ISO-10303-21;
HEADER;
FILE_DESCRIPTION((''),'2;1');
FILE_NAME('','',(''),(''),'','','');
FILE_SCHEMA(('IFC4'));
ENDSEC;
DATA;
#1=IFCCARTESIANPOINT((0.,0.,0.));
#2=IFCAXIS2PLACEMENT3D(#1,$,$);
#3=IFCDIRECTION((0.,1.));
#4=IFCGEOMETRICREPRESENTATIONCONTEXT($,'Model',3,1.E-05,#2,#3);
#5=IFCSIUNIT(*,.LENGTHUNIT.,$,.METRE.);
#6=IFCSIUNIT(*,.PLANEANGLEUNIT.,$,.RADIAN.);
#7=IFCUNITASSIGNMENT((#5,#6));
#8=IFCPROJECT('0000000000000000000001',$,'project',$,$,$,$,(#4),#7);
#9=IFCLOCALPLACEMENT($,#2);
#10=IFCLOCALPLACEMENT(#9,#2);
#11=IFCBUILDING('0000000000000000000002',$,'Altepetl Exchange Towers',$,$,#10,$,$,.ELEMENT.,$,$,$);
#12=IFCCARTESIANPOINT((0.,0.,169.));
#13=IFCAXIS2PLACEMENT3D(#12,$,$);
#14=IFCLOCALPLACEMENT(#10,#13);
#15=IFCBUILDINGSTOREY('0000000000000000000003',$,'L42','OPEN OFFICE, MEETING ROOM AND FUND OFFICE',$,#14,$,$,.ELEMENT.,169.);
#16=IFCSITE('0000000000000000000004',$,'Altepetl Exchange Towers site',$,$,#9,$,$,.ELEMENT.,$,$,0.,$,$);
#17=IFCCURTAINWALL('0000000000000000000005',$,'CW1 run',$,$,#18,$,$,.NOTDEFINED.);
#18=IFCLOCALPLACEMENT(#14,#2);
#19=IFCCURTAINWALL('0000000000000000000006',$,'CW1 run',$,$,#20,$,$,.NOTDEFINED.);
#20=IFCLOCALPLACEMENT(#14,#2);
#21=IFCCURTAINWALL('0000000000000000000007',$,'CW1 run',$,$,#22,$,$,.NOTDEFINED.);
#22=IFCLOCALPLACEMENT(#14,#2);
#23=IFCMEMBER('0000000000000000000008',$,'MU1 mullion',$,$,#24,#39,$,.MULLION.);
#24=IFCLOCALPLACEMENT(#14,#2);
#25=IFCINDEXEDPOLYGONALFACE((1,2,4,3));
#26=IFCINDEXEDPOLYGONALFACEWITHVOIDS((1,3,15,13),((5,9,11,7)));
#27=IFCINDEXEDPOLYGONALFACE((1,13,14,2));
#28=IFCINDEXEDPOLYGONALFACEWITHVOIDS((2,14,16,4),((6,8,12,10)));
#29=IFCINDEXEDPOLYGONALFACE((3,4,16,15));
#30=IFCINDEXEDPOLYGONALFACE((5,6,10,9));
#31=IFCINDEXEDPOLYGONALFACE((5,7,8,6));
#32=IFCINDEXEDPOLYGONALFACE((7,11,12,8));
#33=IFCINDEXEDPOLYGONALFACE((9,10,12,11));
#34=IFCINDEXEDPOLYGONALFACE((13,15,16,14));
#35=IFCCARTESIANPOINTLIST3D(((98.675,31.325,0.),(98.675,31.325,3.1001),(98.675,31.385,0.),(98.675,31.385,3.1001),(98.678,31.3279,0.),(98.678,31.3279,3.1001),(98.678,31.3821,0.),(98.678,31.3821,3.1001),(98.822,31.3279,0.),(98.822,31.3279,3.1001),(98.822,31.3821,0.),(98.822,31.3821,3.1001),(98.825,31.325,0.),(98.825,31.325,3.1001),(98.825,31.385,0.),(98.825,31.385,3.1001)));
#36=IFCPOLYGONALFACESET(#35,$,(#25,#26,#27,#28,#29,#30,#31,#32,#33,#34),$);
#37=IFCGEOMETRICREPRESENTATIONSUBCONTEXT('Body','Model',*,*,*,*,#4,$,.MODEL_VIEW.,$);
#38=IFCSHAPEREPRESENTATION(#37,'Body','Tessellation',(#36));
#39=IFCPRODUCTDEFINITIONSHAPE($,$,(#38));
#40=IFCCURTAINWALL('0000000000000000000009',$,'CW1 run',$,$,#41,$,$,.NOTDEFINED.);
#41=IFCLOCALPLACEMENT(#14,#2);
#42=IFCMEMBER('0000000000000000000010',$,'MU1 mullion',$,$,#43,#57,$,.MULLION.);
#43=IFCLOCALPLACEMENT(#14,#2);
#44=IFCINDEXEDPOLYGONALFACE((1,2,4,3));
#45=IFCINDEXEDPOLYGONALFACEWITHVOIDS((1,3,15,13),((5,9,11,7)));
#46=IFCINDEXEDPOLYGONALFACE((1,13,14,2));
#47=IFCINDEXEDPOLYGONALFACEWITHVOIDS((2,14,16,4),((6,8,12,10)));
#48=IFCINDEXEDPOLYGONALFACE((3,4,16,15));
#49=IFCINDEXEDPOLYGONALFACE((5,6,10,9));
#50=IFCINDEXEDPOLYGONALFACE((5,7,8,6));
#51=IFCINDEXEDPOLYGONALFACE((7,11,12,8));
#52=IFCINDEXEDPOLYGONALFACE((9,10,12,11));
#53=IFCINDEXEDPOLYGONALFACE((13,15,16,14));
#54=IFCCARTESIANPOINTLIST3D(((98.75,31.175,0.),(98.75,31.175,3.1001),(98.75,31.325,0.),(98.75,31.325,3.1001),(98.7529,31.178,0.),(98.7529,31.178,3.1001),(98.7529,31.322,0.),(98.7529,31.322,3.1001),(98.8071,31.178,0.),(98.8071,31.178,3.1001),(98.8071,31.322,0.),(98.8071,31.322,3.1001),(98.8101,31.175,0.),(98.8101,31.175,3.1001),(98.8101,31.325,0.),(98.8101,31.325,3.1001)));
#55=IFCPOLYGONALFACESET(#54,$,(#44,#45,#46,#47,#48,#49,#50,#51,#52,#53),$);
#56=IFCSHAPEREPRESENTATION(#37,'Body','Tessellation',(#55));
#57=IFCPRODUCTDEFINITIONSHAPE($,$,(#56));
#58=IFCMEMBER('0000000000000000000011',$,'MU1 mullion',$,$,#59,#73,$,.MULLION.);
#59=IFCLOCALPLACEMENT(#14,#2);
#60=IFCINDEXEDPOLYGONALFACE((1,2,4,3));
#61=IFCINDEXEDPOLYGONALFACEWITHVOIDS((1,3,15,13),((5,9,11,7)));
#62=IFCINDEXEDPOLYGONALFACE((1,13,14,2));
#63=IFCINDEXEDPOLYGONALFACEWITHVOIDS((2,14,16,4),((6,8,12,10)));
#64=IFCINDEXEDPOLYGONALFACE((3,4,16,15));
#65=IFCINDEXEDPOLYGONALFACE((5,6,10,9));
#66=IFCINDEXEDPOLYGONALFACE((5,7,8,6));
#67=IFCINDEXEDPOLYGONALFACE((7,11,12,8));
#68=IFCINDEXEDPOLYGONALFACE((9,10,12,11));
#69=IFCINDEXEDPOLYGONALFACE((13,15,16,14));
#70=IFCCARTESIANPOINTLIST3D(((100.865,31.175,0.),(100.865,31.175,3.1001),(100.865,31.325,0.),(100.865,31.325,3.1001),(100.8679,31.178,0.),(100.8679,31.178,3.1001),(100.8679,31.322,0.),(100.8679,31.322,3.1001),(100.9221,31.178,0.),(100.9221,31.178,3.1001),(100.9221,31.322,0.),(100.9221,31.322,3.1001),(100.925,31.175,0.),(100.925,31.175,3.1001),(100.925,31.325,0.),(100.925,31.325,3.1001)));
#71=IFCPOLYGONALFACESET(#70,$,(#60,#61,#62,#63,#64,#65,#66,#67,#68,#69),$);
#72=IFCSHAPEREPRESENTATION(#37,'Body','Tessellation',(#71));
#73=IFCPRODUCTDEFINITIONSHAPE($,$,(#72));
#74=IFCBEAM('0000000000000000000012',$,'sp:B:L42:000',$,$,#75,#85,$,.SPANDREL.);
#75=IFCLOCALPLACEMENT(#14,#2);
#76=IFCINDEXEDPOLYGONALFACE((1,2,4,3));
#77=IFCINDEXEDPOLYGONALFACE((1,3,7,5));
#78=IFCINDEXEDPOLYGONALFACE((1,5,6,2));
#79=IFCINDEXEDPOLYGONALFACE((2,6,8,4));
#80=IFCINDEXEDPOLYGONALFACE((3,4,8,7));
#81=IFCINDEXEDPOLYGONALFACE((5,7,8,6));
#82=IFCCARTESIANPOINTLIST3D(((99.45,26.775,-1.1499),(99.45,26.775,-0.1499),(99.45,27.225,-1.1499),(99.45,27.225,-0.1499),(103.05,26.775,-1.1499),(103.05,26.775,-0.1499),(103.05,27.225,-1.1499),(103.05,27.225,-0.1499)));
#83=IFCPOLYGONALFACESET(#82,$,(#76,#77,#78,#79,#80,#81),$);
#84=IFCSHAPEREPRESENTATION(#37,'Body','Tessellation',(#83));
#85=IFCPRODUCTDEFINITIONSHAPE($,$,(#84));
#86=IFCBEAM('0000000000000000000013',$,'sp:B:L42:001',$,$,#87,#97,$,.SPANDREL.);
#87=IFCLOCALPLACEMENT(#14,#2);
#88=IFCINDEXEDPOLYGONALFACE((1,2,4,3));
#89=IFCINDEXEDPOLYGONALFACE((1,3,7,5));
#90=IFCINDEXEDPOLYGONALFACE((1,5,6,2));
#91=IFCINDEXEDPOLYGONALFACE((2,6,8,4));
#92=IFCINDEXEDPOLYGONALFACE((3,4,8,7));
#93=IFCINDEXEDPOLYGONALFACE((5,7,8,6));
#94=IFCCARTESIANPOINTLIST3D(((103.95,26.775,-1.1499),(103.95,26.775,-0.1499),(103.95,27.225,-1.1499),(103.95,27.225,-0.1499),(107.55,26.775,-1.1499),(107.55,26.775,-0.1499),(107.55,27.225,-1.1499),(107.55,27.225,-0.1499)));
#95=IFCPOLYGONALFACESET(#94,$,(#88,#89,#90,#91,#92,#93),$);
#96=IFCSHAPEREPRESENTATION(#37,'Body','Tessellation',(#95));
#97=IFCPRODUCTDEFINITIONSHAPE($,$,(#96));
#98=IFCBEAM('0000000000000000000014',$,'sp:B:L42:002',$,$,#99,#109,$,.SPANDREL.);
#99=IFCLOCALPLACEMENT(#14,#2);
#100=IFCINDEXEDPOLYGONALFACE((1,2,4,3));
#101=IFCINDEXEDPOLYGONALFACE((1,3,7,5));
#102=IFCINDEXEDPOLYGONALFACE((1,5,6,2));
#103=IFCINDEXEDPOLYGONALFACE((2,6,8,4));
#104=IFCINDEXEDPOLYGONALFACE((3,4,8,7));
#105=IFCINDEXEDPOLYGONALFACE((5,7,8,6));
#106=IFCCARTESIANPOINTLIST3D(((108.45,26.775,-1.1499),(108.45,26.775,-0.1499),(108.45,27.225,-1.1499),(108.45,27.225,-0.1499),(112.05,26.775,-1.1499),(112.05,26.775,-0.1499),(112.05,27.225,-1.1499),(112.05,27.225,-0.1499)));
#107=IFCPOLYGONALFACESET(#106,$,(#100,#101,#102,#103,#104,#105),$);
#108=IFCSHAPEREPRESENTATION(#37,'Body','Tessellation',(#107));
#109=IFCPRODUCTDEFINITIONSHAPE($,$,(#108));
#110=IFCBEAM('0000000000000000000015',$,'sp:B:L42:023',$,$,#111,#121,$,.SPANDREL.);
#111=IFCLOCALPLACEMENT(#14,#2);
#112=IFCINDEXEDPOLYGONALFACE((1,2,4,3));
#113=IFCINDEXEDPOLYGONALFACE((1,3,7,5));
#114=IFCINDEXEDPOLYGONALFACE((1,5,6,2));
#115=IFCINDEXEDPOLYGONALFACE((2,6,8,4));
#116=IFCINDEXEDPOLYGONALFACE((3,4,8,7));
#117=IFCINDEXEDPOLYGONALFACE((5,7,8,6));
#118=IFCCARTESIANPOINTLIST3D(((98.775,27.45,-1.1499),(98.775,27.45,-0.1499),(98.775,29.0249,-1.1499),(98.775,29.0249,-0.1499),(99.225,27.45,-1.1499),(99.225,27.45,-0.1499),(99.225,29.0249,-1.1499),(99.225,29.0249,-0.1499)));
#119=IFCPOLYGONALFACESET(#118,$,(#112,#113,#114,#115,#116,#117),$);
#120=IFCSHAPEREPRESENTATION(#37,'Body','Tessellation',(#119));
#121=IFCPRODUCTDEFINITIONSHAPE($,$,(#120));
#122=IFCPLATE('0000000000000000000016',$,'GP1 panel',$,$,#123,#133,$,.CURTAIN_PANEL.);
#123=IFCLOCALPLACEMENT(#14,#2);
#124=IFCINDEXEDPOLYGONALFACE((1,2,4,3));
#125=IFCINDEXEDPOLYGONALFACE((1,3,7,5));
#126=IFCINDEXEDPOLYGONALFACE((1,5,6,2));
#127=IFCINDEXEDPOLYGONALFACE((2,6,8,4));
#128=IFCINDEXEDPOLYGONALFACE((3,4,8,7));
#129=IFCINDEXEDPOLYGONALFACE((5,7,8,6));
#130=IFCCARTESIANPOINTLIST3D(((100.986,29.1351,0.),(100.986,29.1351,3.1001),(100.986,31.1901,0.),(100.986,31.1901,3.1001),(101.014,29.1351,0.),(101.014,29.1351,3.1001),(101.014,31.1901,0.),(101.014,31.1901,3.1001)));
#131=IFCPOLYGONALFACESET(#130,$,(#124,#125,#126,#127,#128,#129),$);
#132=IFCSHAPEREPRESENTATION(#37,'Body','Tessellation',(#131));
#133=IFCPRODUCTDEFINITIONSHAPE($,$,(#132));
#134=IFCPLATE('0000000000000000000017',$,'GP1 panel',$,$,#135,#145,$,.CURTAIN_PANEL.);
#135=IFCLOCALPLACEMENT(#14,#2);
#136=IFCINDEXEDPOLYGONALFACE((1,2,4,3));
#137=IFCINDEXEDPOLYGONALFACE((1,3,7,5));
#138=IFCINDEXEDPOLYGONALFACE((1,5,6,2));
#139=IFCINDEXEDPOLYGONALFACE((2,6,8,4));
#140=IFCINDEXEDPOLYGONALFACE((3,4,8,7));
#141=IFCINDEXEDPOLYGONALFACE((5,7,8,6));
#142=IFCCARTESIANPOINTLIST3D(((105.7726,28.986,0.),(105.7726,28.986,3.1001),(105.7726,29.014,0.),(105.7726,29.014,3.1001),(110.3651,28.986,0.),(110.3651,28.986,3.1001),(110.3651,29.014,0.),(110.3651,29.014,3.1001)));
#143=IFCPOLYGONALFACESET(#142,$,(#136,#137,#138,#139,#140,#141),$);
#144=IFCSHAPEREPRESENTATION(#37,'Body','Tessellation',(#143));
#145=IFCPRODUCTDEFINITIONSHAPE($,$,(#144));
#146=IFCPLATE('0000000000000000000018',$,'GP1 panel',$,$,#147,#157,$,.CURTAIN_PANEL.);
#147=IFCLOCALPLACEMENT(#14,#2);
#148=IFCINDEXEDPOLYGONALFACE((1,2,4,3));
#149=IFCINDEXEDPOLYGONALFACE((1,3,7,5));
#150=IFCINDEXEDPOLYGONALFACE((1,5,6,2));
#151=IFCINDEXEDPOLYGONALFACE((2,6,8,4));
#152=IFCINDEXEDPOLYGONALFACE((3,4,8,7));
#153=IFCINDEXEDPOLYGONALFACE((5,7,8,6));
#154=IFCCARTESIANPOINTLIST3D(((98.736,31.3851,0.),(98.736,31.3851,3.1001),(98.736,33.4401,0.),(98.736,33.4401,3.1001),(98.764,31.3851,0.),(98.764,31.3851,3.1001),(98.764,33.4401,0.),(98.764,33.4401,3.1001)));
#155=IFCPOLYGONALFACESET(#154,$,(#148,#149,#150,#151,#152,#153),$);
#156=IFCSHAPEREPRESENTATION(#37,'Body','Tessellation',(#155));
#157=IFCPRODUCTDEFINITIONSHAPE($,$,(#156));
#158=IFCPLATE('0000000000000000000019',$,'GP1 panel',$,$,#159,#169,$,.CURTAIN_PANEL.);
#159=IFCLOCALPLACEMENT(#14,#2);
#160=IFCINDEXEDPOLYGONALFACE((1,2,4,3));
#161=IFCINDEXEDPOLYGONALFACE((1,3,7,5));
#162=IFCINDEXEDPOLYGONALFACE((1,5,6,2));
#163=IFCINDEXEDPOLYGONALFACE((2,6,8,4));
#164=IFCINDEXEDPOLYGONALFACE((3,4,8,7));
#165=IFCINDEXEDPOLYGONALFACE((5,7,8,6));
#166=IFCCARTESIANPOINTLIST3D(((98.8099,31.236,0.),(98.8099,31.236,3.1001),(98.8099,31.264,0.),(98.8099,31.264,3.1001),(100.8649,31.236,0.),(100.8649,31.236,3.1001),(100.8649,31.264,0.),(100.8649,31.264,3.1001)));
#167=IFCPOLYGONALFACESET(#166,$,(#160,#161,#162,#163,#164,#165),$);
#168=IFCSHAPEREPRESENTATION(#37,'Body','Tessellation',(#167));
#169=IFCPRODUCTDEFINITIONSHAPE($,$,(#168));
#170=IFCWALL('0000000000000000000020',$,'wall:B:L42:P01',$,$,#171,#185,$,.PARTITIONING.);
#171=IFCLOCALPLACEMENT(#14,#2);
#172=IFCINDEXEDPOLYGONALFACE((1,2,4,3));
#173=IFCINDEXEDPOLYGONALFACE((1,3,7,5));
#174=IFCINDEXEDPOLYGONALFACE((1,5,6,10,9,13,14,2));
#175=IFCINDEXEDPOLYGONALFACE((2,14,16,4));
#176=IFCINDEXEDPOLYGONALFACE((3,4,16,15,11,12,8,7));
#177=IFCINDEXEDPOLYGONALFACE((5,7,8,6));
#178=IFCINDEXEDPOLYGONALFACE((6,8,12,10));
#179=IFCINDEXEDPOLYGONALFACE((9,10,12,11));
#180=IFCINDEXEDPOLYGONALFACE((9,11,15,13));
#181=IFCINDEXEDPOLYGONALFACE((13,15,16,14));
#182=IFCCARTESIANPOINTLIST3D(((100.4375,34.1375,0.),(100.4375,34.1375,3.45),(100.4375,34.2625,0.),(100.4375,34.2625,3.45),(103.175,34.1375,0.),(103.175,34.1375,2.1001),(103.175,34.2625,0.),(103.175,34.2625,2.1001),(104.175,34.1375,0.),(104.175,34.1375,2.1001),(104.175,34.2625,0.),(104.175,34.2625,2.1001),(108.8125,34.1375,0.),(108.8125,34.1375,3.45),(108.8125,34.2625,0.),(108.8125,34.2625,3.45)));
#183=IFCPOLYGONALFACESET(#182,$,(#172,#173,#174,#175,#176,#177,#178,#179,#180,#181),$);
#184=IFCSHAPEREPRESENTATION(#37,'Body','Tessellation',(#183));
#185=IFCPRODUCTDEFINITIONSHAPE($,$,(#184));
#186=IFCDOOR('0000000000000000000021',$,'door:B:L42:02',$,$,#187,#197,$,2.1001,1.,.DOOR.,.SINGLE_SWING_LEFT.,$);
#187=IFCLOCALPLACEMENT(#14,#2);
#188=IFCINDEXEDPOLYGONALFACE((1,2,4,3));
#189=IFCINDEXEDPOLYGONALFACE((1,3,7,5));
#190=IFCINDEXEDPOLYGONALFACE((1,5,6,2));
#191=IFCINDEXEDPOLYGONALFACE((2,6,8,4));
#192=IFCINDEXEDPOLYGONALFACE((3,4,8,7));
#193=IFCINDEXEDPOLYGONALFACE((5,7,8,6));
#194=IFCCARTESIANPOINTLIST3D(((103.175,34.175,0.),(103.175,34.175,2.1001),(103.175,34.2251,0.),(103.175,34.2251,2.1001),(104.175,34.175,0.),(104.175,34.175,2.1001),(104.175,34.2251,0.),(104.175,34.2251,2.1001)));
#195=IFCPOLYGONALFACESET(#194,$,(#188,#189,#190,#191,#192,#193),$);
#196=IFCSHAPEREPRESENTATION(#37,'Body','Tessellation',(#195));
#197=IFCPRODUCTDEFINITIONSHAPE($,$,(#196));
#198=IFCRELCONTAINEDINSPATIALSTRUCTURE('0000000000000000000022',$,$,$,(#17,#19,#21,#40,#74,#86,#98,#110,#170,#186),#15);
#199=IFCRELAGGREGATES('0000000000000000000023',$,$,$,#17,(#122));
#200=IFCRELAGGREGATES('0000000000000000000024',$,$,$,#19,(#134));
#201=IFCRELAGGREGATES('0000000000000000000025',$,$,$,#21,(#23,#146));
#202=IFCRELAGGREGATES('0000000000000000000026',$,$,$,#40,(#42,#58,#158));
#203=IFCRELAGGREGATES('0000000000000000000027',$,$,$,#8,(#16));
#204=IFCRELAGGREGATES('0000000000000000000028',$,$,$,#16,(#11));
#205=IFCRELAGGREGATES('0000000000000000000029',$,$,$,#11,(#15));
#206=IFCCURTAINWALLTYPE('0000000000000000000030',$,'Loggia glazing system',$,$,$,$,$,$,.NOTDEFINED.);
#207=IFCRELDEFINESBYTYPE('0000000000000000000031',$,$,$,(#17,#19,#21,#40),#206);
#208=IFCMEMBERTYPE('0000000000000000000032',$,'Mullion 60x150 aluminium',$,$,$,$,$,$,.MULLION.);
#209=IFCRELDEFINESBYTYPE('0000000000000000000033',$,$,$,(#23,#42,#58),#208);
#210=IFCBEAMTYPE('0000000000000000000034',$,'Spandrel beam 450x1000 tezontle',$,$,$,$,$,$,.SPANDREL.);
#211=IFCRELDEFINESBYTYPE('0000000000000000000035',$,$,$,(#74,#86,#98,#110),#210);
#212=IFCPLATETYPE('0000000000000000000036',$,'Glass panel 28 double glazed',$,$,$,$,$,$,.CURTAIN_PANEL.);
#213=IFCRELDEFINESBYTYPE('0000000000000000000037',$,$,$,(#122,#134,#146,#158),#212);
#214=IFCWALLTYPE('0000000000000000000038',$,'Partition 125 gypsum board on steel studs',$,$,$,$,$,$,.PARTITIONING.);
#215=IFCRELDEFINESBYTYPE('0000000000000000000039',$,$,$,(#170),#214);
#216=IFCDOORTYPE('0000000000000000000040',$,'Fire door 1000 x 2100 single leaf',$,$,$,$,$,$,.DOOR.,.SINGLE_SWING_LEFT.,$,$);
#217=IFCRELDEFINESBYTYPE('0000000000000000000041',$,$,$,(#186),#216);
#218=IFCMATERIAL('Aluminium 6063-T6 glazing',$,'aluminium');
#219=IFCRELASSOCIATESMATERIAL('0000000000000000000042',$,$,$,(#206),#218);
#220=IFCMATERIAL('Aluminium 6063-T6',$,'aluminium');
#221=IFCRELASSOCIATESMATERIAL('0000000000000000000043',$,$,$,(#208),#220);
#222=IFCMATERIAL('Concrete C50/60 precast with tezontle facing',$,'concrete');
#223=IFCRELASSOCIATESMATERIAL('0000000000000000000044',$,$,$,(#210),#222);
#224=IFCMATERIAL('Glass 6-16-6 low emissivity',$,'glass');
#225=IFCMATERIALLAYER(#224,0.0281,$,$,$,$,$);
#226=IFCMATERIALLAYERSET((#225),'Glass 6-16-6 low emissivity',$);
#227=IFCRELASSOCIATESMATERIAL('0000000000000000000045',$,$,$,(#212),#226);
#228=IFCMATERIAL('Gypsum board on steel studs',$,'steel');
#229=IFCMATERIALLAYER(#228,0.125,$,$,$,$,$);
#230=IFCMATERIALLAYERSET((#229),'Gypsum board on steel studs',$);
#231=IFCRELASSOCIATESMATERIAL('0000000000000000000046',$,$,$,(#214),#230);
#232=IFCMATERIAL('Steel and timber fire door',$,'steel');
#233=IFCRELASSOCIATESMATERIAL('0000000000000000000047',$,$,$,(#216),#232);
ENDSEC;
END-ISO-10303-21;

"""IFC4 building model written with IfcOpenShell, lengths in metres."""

from ifc_helpers import new_model, si_unit, direction, frame, frame_2d, origin, origin_2d, place, context, subcontext, project, spatial, rectangle, hollow_rectangle, extrude, material, layer, layer_set, material_profile, profile_set, type_object, element, fill, aggregate, save


model = new_model("IFC4")

# Units and contexts
model_context = context("Model", 3, precision=1e-05, world=origin(), true_north=direction((0.0, 1.0)))
body_context = subcontext(model_context, "Body", "Model", "MODEL_VIEW")
ifc_project = project(units=[si_unit("LENGTHUNIT", "METRE"), si_unit("PLANEANGLEUNIT", "RADIAN")], contexts=[model_context])

# Site, building, storey
site_placement = place(None, origin())
site = spatial("IfcSite", under=ifc_project, at=site_placement, Name="Altepetl Exchange Towers site", CompositionType="ELEMENT", RefElevation=0.0)
building_placement = place(site_placement, origin())
building = spatial("IfcBuilding", under=site, at=building_placement, Name="Altepetl Exchange Towers", CompositionType="ELEMENT")
storey_placement = place(building_placement, frame((0.0, 0.0, 169.0)))
storey = spatial("IfcBuildingStorey", under=building, at=storey_placement, Name="L42", Description="OPEN OFFICE, MEETING ROOM AND FUND OFFICE", CompositionType="ELEMENT", Elevation=169.0)

# Curtain wall
ifc_material_1 = material(Name="Aluminium 6063-T6 glazing", Category="aluminium")
curtain_wall_type = type_object("IfcCurtainWallType", Name="Loggia glazing system", PredefinedType="NOTDEFINED", material=ifc_material_1)
curtain_wall_1_placement = place(storey_placement, origin())
curtain_wall_1 = element("IfcCurtainWall", 1, at=curtain_wall_1_placement, inside=storey, type_object=curtain_wall_type, Name="CW1 run", PredefinedType="NOTDEFINED")
ifc_material_2 = material(Name="Aluminium 6063-T6", Category="aluminium")
ifc_material_profile_1 = material_profile(ifc_material_2, hollow_rectangle(XDim=0.0601, YDim=0.1499, WallThickness=0.0029, at=origin_2d()), Name="Mullion 60x150 aluminium")
ifc_profile_set_1 = profile_set([ifc_material_profile_1], Name="Aluminium 6063-T6")
member_type = type_object("IfcMemberType", Name="Mullion 60x150 aluminium", PredefinedType="MULLION", material=ifc_profile_set_1)

# Curtain wall
curtain_wall_2_placement = place(storey_placement, origin())
curtain_wall_2 = element("IfcCurtainWall", 2, at=curtain_wall_2_placement, inside=storey, type_object=curtain_wall_type, Name="CW1 run", PredefinedType="NOTDEFINED")

# Curtain walls, members
curtain_wall_3_placement = place(storey_placement, origin())
curtain_wall_3 = element("IfcCurtainWall", 3, at=curtain_wall_3_placement, inside=storey, type_object=curtain_wall_type, Name="CW1 run", PredefinedType="NOTDEFINED")
member_1_placement = place(storey_placement, frame((98.75, 31.355, 0.0), z_axis=(0.0, 0.0, 1.0), x_axis=(0.0, -1.0, 0.0)))
member_1 = element("IfcMember", 4, at=member_1_placement, type_object=member_type, Name="MU1 mullion", PredefinedType="MULLION", context=body_context, shape_type="SweptSolid", body=[
    extrude(hollow_rectangle(XDim=0.0601, YDim=0.1499, WallThickness=0.0029, at=origin_2d()), origin(), (0.0, 0.0, 1.0), 3.1001),
])
curtain_wall_4_placement = place(storey_placement, origin())
curtain_wall_4 = element("IfcCurtainWall", 5, at=curtain_wall_4_placement, inside=storey, type_object=curtain_wall_type, Name="CW1 run", PredefinedType="NOTDEFINED")
member_2_placement = place(storey_placement, frame((98.78, 31.25, 0.0)))
member_2 = element("IfcMember", 6, at=member_2_placement, type_object=member_type, Name="MU1 mullion", PredefinedType="MULLION", context=body_context, shape_type="SweptSolid", body=[
    extrude(hollow_rectangle(XDim=0.0601, YDim=0.1499, WallThickness=0.0029, at=origin_2d()), origin(), (0.0, 0.0, 1.0), 3.1001),
])
member_3_placement = place(storey_placement, frame((100.895, 31.25, 0.0)))
member_3 = element("IfcMember", 7, at=member_3_placement, type_object=member_type, Name="MU1 mullion", PredefinedType="MULLION", context=body_context, shape_type="SweptSolid", body=[
    extrude(hollow_rectangle(XDim=0.0601, YDim=0.1499, WallThickness=0.0029, at=origin_2d()), origin(), (0.0, 0.0, 1.0), 3.1001),
])

# Beams
ifc_material_3 = material(Name="Concrete C50/60 precast with tezontle facing", Category="concrete")
ifc_material_profile_2 = material_profile(ifc_material_3, rectangle(XDim=0.45, YDim=1.0, at=origin_2d()), Name="450 x 1000")
ifc_profile_set_2 = profile_set([ifc_material_profile_2], Name="Concrete C50/60 precast with tezontle facing")
beam_type_1 = type_object("IfcBeamType", Name="Spandrel beam 450x1000 tezontle", PredefinedType="SPANDREL", material=ifc_profile_set_2)
for number, where, z_axis, x_axis, name in (
    (8, (99.45, 27.0, -0.6499), (1.0, 0.0, 0.0), (0.0, 1.0, 0.0), "sp:B:L42:000"),
    (9, (103.95, 27.0, -0.6499), (1.0, 0.0, 0.0), (0.0, 1.0, 0.0), "sp:B:L42:001"),
    (10, (108.45, 27.0, -0.6499), (1.0, 0.0, 0.0), (0.0, 1.0, 0.0), "sp:B:L42:002"),
):
    element("IfcBeam", number, at=place(storey_placement, frame(where, z_axis=z_axis, x_axis=x_axis)), inside=storey, type_object=beam_type_1, Name=name, PredefinedType="SPANDREL", context=body_context, shape_type="SweptSolid", body=[
        extrude(rectangle(XDim=0.45, YDim=1.0, at=origin_2d()), origin(), (0.0, 0.0, 1.0), 3.6001),
    ])
beam_1_placement = place(storey_placement, frame((99.0, 29.0249, -0.6499), z_axis=(0.0, -1.0, 0.0), x_axis=(1.0, 0.0, 0.0)))
element("IfcBeam", 11, at=beam_1_placement, inside=storey, type_object=beam_type_1, Name="sp:B:L42:023", PredefinedType="SPANDREL", context=body_context, shape_type="SweptSolid", body=[
    extrude(rectangle(XDim=0.45, YDim=1.0, at=origin_2d()), origin(), (0.0, 0.0, 1.0), 1.575),
])

# Plates
ifc_material_4 = material(Name="Glass 6-16-6 low emissivity", Category="glass")
ifc_layer_1 = layer(ifc_material_4, 0.0281)
ifc_layer_set_1 = layer_set([ifc_layer_1], Name="Glass 6-16-6 low emissivity")
plate_type = type_object("IfcPlateType", Name="Glass panel 28 double glazed", PredefinedType="CURTAIN_PANEL", material=ifc_layer_set_1)
plate_1_placement = place(storey_placement, frame((101.0, 30.1626, 0.0), z_axis=(0.0, 0.0, 1.0), x_axis=(0.0, -1.0, 0.0)))
plate_1 = element("IfcPlate", 12, at=plate_1_placement, type_object=plate_type, Name="GP1 panel", PredefinedType="CURTAIN_PANEL", context=body_context, shape_type="SweptSolid", body=[
    extrude(rectangle(XDim=2.0549, YDim=0.0281, at=origin_2d()), origin(), (0.0, 0.0, 1.0), 3.1001),
])
aggregate(curtain_wall_1, [plate_1])
plate_2_placement = place(storey_placement, frame((108.0688, 29.0, 0.0)))
plate_2 = element("IfcPlate", 13, at=plate_2_placement, type_object=plate_type, Name="GP1 panel", PredefinedType="CURTAIN_PANEL", context=body_context, shape_type="SweptSolid", body=[
    extrude(rectangle(XDim=4.5925, YDim=0.0281, at=origin_2d()), origin(), (0.0, 0.0, 1.0), 3.1001),
])
aggregate(curtain_wall_2, [plate_2])
plate_3_placement = place(storey_placement, frame((98.75, 32.4126, 0.0), z_axis=(0.0, 0.0, 1.0), x_axis=(0.0, -1.0, 0.0)))
plate_3 = element("IfcPlate", 14, at=plate_3_placement, type_object=plate_type, Name="GP1 panel", PredefinedType="CURTAIN_PANEL", context=body_context, shape_type="SweptSolid", body=[
    extrude(rectangle(XDim=2.0549, YDim=0.0281, at=origin_2d()), origin(), (0.0, 0.0, 1.0), 3.1001),
])
aggregate(curtain_wall_3, [member_1, plate_3])
plate_4_placement = place(storey_placement, frame((99.8374, 31.25, 0.0)))
plate_4 = element("IfcPlate", 15, at=plate_4_placement, type_object=plate_type, Name="GP1 panel", PredefinedType="CURTAIN_PANEL", context=body_context, shape_type="SweptSolid", body=[
    extrude(rectangle(XDim=2.0549, YDim=0.0281, at=origin_2d()), origin(), (0.0, 0.0, 1.0), 3.1001),
])
aggregate(curtain_wall_4, [member_2, member_3, plate_4])

# Wall, opening, door
ifc_material_5 = material(Name="Gypsum board on steel studs", Category="steel")
ifc_layer_2 = layer(ifc_material_5, 0.125)
ifc_layer_set_2 = layer_set([ifc_layer_2], Name="Gypsum board on steel studs")
wall_type_1 = type_object("IfcWallType", Name="Partition 125 gypsum board on steel studs", PredefinedType="PARTITIONING", material=ifc_layer_set_2)
wall_1_placement = place(storey_placement, frame((100.4375, 34.2, 0.0)))
wall_1 = element("IfcWall", 16, at=wall_1_placement, inside=storey, type_object=wall_type_1, Name="wall:B:L42:P01", PredefinedType="PARTITIONING", context=body_context, shape_type="SweptSolid", body=[
    extrude(rectangle(XDim=8.375, YDim=0.125, at=frame_2d((4.1875, 0.0))), origin(), (0.0, 0.0, 1.0), 3.45),
])
opening_1_placement = place(wall_1_placement, frame((2.7375, 0.0, 0.0)))
opening_1 = element("IfcOpeningElement", 17, at=opening_1_placement, cuts=wall_1, PredefinedType="OPENING", context=body_context, shape_type="SweptSolid", body=[
    extrude(rectangle(XDim=1.0, YDim=2.1001, at=frame_2d((0.5, 1.05))), frame((0.0, 0.0725, 0.0), z_axis=(0.0, -1.0, 0.0), x_axis=(1.0, 0.0, 0.0)), (0.0, 0.0, 1.0), 0.145),
])
ifc_material_6 = material(Name="Steel and timber fire door", Category="steel")
door_type_1 = type_object("IfcDoorType", Name="Fire door 1000 x 2100 single leaf", OperationType="SINGLE_SWING_LEFT", PredefinedType="DOOR", material=ifc_material_6)
door_1_placement = place(opening_1_placement, frame((1.0, 0.0, 0.0), x_axis=(-1.0, 0.0, 0.0)))
door_1 = element("IfcDoor", 18, at=door_1_placement, inside=storey, type_object=door_type_1, Name="door:B:L42:02", OperationType="SINGLE_SWING_LEFT", OverallHeight=2.1001, OverallWidth=1.0, PredefinedType="DOOR", context=body_context, shape_type="SweptSolid", body=[
    extrude(rectangle(XDim=1.0, YDim=2.1001, at=frame_2d((0.5, 1.05))), frame((0.0, 0.0249, 0.0), z_axis=(0.0, -1.0, 0.0), x_axis=(1.0, 0.0, 0.0)), (0.0, 0.0, 1.0), 0.05),
])
fill(opening_1, door_1)

save(model, "model.ifc")
